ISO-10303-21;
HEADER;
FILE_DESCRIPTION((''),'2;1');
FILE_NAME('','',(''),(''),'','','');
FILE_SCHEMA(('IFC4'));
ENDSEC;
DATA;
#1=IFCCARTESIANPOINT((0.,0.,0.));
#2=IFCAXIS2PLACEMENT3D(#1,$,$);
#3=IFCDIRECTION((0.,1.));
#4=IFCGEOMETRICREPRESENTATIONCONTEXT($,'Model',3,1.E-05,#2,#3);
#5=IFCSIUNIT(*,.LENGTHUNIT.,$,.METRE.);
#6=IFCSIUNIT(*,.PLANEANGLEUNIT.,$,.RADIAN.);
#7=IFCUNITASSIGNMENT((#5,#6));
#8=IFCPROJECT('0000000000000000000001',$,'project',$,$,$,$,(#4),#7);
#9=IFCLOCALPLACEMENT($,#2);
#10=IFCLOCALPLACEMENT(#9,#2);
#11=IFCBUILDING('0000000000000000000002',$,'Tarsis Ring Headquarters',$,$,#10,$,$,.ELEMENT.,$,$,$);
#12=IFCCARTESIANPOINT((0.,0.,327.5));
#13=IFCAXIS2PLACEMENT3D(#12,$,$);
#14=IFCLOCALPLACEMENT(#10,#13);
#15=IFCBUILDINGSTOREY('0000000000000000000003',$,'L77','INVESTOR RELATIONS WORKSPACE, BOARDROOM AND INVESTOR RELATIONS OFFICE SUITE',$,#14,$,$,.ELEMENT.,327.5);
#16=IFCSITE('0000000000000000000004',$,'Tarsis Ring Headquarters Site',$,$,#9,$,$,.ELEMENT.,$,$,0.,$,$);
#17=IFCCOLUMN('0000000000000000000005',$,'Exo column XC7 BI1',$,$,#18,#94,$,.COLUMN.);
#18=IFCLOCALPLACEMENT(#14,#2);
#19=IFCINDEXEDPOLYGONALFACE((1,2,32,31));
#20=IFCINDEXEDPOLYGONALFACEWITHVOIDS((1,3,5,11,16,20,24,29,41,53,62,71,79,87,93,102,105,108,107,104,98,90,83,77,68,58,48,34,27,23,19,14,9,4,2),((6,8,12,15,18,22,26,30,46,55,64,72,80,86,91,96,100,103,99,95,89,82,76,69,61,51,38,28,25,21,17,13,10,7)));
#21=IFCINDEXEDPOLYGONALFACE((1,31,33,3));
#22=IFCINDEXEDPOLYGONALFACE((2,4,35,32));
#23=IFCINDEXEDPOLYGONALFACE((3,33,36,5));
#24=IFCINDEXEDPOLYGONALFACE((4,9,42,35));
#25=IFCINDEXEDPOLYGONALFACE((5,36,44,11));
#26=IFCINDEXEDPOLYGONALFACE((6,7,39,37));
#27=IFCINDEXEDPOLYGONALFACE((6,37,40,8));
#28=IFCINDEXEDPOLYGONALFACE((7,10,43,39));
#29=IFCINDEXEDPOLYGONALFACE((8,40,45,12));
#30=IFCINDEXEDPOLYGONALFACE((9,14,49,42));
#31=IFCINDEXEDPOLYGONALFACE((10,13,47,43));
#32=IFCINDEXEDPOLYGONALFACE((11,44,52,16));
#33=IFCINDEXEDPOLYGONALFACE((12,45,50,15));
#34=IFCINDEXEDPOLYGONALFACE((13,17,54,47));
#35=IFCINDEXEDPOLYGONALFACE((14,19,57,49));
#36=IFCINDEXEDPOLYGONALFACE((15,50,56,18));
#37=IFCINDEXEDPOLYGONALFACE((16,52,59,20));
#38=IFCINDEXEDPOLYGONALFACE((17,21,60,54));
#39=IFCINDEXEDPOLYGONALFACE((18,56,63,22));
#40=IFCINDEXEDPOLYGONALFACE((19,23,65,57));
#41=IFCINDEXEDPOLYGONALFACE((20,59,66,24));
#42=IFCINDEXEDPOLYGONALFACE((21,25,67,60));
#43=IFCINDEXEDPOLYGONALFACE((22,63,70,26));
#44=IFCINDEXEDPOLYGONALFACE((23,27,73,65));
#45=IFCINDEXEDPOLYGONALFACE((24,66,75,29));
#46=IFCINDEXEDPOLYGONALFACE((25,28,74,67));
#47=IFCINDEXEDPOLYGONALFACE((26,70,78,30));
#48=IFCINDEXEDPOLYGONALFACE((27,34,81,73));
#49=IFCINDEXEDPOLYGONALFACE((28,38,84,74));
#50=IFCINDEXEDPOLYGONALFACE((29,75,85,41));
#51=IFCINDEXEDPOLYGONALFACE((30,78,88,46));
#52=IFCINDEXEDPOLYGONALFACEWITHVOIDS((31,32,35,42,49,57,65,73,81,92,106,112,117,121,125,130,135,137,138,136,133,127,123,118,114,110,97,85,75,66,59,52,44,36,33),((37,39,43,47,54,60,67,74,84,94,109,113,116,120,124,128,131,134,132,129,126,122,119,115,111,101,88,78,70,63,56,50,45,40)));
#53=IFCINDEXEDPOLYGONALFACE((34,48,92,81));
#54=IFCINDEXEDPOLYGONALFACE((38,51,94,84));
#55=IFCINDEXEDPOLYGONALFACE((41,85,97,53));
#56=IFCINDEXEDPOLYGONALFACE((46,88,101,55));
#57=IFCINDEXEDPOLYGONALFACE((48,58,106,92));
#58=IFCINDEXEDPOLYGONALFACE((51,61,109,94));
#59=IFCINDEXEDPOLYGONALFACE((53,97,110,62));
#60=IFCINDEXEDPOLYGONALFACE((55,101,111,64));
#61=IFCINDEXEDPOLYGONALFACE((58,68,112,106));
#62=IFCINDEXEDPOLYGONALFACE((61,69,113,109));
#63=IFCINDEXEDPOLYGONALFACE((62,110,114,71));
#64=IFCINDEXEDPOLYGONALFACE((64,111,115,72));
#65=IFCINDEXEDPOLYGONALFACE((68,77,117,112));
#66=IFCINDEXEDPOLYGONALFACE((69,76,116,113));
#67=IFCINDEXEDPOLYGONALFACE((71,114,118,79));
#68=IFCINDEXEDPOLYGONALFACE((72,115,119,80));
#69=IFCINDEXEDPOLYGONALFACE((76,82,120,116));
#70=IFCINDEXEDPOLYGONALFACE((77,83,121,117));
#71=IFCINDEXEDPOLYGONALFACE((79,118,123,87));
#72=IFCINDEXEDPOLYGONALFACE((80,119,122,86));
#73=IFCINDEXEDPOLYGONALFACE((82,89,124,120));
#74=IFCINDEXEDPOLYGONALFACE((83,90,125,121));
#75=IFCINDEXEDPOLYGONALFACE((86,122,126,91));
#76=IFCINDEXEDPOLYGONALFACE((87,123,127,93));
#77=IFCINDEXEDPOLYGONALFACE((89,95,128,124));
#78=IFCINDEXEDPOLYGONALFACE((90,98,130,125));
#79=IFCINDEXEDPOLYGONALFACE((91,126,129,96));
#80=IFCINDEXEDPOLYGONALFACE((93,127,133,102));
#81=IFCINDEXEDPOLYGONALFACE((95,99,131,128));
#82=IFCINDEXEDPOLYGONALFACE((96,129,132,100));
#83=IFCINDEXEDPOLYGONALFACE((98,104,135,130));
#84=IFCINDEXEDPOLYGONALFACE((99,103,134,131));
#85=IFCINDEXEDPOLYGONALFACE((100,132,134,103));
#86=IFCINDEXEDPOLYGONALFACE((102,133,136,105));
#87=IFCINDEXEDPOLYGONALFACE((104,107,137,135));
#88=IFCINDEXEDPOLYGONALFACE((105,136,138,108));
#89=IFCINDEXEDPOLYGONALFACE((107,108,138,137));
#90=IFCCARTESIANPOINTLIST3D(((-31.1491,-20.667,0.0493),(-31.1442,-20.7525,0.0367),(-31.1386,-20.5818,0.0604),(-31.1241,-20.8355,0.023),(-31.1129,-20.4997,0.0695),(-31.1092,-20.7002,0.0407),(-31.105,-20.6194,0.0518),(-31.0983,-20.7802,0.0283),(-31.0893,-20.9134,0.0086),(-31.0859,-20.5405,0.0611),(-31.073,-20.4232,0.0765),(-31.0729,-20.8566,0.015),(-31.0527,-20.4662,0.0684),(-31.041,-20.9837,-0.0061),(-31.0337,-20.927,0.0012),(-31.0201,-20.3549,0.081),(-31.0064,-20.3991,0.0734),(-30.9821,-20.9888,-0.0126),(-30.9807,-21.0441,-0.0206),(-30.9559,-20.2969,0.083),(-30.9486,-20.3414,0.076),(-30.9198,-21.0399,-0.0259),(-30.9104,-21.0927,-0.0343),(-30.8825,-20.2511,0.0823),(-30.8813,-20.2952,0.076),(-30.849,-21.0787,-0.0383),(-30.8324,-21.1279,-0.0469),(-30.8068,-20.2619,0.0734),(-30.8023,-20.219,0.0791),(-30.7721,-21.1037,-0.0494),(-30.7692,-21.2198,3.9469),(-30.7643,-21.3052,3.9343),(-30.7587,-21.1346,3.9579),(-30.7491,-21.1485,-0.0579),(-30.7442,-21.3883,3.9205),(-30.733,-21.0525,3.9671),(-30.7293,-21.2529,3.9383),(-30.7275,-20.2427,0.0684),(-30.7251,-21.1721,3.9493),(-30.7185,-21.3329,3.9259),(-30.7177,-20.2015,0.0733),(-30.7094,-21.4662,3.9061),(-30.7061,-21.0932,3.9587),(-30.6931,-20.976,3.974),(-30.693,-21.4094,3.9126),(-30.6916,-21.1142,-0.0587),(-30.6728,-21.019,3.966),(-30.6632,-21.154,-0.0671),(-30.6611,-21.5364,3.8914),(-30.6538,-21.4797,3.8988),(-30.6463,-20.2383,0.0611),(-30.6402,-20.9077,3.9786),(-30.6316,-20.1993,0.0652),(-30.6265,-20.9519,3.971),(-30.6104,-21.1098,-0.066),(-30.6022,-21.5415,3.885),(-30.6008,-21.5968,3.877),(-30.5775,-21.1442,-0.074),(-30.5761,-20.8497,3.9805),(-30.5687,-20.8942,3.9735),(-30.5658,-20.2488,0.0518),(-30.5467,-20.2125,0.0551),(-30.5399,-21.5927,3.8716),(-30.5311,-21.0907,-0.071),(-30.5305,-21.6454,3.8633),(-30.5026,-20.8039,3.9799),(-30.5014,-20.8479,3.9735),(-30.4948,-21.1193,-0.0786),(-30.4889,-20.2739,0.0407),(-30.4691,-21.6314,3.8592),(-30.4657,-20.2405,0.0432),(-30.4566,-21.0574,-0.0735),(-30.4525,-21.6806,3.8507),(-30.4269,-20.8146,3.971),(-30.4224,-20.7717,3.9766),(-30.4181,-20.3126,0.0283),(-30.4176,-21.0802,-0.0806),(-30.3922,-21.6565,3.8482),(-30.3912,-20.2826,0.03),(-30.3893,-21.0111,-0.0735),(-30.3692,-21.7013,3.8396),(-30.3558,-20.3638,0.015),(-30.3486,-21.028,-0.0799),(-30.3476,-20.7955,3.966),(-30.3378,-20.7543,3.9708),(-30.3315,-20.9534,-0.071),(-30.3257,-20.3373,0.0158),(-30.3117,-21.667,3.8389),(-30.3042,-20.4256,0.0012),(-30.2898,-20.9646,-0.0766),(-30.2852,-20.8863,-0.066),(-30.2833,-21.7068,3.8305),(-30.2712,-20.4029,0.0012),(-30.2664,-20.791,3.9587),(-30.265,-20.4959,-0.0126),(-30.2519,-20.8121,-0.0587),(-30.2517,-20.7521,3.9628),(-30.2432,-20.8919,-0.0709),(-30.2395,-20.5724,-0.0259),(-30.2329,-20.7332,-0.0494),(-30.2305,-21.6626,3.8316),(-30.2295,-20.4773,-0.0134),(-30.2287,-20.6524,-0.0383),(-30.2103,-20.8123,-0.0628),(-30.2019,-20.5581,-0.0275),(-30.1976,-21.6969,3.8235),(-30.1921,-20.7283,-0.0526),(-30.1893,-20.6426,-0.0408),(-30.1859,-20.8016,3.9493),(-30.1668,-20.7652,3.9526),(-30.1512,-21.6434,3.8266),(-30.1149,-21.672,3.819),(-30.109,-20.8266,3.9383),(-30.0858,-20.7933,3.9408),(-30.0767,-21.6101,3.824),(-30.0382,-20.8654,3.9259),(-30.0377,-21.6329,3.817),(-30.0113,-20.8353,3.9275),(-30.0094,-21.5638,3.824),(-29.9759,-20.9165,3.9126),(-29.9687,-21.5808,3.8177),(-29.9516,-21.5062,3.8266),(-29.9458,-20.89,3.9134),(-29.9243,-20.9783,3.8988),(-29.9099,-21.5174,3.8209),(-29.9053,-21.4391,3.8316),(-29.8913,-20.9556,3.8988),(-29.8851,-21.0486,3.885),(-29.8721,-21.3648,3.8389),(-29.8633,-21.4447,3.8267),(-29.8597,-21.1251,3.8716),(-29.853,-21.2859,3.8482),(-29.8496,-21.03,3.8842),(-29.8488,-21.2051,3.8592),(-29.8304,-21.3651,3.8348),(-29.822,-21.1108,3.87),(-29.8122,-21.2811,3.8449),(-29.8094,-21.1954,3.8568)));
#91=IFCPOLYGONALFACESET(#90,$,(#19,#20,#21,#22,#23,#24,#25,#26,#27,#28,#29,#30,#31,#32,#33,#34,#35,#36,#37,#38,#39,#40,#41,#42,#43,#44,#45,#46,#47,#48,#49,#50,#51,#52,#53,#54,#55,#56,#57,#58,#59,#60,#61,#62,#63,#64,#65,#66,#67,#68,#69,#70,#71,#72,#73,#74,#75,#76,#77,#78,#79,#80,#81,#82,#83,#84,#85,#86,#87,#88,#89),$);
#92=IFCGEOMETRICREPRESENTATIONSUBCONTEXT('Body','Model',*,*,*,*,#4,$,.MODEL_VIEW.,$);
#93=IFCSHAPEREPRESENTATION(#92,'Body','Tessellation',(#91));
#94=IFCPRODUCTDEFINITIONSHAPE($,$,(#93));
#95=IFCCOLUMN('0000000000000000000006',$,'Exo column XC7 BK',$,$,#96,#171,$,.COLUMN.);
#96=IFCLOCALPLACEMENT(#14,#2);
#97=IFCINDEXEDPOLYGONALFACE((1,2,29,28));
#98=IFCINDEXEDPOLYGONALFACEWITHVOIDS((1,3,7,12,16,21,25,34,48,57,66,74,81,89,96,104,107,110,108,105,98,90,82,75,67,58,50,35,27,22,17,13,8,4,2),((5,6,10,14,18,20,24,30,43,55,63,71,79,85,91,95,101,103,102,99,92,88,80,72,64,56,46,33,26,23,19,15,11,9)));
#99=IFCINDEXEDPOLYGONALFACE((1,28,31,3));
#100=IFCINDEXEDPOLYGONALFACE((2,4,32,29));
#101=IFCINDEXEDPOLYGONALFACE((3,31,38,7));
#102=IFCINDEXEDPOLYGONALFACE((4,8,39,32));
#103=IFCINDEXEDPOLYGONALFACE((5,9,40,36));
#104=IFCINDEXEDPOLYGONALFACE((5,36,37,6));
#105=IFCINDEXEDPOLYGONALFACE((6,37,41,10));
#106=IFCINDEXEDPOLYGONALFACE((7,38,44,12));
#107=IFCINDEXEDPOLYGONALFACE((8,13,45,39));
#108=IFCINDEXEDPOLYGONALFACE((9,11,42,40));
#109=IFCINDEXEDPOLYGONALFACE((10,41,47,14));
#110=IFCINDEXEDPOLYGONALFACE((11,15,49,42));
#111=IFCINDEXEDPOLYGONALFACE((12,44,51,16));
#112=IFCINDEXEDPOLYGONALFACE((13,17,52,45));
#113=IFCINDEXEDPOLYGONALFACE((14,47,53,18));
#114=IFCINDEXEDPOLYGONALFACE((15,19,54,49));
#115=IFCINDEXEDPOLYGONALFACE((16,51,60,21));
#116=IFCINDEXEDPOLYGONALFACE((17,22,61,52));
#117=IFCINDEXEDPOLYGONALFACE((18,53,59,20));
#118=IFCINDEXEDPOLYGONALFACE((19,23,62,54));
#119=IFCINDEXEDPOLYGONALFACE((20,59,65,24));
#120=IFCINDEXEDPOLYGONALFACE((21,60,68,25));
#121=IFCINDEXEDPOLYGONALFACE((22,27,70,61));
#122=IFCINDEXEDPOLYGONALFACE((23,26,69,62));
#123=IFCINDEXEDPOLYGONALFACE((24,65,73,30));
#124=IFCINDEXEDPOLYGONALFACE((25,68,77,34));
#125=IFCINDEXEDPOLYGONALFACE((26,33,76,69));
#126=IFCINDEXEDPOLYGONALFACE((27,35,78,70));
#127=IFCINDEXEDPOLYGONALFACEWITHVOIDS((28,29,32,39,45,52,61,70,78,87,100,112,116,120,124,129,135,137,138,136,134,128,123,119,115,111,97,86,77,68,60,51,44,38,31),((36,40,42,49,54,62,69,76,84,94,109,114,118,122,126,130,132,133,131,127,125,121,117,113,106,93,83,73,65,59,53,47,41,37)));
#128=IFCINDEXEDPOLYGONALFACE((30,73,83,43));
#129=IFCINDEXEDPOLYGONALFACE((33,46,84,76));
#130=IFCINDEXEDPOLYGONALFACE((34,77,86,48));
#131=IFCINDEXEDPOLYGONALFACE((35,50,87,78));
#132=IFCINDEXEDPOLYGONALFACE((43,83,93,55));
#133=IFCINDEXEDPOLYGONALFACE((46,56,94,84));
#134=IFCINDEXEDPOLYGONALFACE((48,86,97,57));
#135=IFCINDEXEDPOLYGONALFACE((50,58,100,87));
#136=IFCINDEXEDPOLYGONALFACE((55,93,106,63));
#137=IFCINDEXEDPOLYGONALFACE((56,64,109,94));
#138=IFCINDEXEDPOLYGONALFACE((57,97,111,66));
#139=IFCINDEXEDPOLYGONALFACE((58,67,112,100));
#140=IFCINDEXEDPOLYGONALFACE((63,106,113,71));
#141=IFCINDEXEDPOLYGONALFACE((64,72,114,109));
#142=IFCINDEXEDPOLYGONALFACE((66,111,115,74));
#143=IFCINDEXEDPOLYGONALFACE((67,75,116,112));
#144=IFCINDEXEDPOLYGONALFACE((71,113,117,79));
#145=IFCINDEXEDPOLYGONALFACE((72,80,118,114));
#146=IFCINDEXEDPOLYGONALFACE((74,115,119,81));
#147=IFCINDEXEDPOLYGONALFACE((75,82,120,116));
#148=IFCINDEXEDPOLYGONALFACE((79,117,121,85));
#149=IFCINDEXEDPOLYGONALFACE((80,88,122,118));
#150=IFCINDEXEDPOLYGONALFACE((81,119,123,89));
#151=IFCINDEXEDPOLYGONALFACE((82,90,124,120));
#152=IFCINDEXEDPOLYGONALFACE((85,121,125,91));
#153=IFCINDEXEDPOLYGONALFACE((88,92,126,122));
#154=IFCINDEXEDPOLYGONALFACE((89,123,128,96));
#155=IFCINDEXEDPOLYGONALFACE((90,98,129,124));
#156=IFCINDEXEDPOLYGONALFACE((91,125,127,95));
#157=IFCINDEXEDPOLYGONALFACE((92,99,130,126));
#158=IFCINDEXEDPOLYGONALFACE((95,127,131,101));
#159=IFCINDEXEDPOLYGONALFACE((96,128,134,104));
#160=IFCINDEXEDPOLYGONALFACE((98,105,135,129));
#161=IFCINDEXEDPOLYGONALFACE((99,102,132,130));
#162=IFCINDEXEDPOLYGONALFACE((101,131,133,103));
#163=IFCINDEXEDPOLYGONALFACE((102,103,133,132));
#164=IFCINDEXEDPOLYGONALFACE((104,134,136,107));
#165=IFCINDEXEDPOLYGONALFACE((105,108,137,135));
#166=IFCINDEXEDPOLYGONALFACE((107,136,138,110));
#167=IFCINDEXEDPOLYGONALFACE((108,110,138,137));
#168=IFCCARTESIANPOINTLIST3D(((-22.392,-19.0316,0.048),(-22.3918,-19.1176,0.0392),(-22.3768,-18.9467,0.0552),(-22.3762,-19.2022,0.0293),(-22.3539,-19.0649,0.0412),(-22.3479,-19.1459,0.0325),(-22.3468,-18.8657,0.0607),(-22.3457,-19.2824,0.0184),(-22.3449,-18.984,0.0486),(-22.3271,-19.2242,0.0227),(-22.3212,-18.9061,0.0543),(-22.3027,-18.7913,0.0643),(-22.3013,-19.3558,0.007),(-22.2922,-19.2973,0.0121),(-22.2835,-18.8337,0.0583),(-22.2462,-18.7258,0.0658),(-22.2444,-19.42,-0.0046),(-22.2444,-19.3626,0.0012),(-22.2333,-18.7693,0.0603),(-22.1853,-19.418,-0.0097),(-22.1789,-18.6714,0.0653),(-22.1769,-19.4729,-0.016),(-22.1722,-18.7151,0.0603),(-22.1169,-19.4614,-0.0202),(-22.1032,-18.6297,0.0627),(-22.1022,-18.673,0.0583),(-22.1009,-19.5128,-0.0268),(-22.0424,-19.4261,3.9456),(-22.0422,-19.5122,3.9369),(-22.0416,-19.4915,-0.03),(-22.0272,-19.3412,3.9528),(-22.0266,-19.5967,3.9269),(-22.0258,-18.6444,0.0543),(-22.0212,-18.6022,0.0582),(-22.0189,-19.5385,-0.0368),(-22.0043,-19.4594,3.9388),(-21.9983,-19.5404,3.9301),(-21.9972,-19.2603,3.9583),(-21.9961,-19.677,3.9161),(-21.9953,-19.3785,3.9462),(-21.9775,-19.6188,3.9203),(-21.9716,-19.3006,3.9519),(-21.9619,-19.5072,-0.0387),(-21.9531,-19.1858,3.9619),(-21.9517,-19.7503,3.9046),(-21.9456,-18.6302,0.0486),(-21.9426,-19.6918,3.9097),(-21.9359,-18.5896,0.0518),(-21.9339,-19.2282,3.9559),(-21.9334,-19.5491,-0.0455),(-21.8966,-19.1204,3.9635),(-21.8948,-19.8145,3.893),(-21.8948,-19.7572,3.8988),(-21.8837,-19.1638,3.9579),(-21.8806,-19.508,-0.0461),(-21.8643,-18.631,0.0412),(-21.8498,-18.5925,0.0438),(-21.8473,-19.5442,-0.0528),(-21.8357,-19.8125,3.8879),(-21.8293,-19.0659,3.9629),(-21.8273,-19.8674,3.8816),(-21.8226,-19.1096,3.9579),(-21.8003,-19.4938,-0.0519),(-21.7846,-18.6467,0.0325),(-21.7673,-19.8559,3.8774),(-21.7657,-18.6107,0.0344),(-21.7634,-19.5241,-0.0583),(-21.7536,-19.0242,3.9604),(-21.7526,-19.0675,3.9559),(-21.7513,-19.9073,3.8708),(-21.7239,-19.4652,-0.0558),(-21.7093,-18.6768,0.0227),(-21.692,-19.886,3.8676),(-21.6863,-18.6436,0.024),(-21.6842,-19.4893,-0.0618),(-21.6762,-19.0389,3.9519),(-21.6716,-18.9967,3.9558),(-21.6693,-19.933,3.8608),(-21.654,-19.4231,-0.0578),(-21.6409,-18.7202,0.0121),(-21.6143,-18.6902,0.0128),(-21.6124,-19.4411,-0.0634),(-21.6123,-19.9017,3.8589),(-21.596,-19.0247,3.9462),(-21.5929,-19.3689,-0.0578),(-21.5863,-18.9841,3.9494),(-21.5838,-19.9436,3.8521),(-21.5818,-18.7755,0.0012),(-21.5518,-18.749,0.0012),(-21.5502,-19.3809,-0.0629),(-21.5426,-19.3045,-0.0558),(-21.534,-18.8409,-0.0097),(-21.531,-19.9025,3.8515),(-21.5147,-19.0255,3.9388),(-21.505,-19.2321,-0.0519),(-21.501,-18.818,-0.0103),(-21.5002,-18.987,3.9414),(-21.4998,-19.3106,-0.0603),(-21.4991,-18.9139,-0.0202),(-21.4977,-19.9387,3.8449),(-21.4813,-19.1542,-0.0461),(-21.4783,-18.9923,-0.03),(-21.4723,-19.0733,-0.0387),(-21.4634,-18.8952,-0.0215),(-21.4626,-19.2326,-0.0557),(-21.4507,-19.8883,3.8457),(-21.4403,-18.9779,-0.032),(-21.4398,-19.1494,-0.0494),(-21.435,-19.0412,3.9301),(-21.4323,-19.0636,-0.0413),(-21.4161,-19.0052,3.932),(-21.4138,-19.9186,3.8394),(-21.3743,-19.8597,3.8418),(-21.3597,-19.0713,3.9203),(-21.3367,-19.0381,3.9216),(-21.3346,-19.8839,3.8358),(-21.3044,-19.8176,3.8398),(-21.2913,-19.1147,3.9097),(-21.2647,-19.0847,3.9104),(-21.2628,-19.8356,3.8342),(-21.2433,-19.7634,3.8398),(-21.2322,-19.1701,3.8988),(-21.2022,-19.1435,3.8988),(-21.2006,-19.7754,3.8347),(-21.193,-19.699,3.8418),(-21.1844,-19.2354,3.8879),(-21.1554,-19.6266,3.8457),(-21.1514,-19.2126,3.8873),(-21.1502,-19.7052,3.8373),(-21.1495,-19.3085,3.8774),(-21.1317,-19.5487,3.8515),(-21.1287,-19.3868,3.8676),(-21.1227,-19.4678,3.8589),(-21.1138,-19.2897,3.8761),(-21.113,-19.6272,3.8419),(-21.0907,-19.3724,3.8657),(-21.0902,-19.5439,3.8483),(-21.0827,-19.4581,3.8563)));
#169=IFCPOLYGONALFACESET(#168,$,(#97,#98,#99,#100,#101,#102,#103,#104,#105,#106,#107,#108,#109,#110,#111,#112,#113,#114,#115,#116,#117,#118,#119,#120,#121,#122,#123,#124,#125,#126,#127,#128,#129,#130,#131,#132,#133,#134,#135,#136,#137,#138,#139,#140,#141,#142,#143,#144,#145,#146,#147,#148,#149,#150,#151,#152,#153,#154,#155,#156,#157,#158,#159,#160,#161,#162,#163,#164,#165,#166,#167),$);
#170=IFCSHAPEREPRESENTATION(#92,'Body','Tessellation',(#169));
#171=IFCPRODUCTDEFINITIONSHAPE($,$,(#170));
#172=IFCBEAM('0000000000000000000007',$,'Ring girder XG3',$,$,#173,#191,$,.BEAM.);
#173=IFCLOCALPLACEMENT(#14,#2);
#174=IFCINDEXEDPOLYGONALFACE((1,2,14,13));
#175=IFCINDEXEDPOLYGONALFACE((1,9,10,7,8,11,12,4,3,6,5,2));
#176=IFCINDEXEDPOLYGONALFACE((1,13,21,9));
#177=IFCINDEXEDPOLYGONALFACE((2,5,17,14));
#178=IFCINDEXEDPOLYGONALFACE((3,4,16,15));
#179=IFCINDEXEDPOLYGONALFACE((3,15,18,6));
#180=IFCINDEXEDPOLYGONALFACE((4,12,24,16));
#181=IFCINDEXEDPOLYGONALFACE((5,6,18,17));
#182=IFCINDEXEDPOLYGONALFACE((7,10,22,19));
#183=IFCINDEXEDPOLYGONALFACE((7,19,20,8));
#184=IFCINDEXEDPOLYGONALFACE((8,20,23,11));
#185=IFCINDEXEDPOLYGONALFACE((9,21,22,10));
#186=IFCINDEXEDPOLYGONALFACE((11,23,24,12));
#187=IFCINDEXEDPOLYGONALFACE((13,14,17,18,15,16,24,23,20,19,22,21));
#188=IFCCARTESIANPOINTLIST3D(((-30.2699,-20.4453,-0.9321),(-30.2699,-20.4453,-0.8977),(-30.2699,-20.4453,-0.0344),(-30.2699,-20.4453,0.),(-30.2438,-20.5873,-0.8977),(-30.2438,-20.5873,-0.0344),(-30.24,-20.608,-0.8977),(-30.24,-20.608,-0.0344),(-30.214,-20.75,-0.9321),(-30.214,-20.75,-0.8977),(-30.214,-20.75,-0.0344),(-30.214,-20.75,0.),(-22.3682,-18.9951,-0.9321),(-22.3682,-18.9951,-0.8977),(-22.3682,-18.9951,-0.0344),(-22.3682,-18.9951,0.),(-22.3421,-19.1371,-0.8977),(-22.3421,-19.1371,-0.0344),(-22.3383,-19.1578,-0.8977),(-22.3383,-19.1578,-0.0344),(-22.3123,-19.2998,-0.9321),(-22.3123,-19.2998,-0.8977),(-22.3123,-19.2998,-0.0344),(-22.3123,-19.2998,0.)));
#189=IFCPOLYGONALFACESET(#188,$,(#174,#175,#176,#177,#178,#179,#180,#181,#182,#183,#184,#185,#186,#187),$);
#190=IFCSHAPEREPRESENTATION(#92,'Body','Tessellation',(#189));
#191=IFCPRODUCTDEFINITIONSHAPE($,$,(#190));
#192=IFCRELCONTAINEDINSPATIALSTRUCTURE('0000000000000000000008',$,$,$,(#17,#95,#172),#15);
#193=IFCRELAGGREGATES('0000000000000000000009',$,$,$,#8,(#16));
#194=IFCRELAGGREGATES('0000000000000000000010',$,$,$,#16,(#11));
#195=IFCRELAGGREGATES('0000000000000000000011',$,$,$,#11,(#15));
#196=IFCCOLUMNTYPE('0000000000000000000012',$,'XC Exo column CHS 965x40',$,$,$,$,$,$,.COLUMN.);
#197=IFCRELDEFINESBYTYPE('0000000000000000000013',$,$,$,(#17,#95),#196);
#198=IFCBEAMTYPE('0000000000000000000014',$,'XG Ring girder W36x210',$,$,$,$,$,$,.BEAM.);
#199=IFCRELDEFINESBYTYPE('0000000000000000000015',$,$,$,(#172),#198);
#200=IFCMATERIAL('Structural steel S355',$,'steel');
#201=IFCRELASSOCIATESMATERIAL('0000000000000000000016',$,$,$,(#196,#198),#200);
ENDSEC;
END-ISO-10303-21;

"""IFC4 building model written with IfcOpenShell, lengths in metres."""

from ifc_helpers import new_model, si_unit, direction, frame, origin, origin_2d, place, context, subcontext, project, spatial, hollow_circle, i_section, extrude, material, material_profile, profile_set, type_object, element, save


model = new_model("IFC4")

# Units and contexts
model_context = context("Model", 3, precision=1e-05, world=origin(), true_north=direction((0.0, 1.0)))
body_context = subcontext(model_context, "Body", "Model", "MODEL_VIEW")
ifc_project = project(units=[si_unit("LENGTHUNIT", "METRE"), si_unit("PLANEANGLEUNIT", "RADIAN")], contexts=[model_context])

# Site, building, storey
site_placement = place(None, origin())
site = spatial("IfcSite", under=ifc_project, at=site_placement, Name="Tarsis Ring Headquarters Site", CompositionType="ELEMENT", RefElevation=0.0)
building_placement = place(site_placement, origin())
building = spatial("IfcBuilding", under=site, at=building_placement, Name="Tarsis Ring Headquarters", CompositionType="ELEMENT")
storey_placement = place(building_placement, frame((0.0, 0.0, 327.5)))
storey = spatial("IfcBuildingStorey", under=building, at=storey_placement, Name="L77", Description="INVESTOR RELATIONS WORKSPACE, BOARDROOM AND INVESTOR RELATIONS OFFICE SUITE", CompositionType="ELEMENT", Elevation=327.5)

# Columns
ifc_material_1 = material(Name="Structural steel S355", Category="steel")
ifc_material_profile_1 = material_profile(ifc_material_1, hollow_circle(Radius=0.4827, WallThickness=0.04, at=origin_2d()), Name="CHS 965x40")
ifc_profile_set_1 = profile_set([ifc_material_profile_1], Name="Structural steel S355")
column_type = type_object("IfcColumnType", Name="XC Exo column CHS 965x40", PredefinedType="COLUMN", material=ifc_profile_set_1)
column_1_placement = place(storey_placement, frame((-30.6689, -20.6763, 0.0012), z_axis=(0.096057, -0.139765, 0.985514), x_axis=(0.824127, 0.566405, 0.0)))
element("IfcColumn", 1, at=column_1_placement, inside=storey, type_object=column_type, Name="Exo column XC7 BI1", PredefinedType="COLUMN", context=body_context, shape_type="SweptSolid", body=[
    extrude(hollow_circle(Radius=0.4827, WallThickness=0.04, at=origin_2d()), origin(), (0.0, 0.0, 1.0), 3.9548),
])
column_2_placement = place(storey_placement, frame((-21.9131, -19.0691, 0.0012), z_axis=(0.088887, -0.100308, 0.990978), x_axis=(0.748431, 0.663213, 0.0)))
element("IfcColumn", 2, at=column_2_placement, inside=storey, type_object=column_type, Name="Exo column XC7 BK", PredefinedType="COLUMN", context=body_context, shape_type="SweptSolid", body=[
    extrude(hollow_circle(Radius=0.4827, WallThickness=0.04, at=origin_2d()), origin(), (0.0, 0.0, 1.0), 3.9331),
])

# Beam
ifc_material_profile_2 = material_profile(ifc_material_1, i_section(OverallWidth=0.3098, OverallDepth=0.9321, WebThickness=0.021, FlangeThickness=0.0344, at=origin_2d()), Name="W36x210")
ifc_profile_set_2 = profile_set([ifc_material_profile_2], Name="Structural steel S355")
beam_type = type_object("IfcBeamType", Name="XG Ring girder W36x210", PredefinedType="BEAM", material=ifc_profile_set_2)
beam_1_placement = place(storey_placement, frame((-30.2419, -20.5977, -0.4661), z_axis=(0.983572, 0.180517, 0.0), x_axis=(-0.180517, 0.983572, 0.0)))
element("IfcBeam", 3, at=beam_1_placement, inside=storey, type_object=beam_type, Name="Ring girder XG3", PredefinedType="BEAM", context=body_context, shape_type="SweptSolid", body=[
    extrude(i_section(OverallWidth=0.3098, OverallDepth=0.9321, WebThickness=0.021, FlangeThickness=0.0344, at=origin_2d()), origin(), (0.0, 0.0, 1.0), 8.0337),
])

save(model, "model.ifc")
